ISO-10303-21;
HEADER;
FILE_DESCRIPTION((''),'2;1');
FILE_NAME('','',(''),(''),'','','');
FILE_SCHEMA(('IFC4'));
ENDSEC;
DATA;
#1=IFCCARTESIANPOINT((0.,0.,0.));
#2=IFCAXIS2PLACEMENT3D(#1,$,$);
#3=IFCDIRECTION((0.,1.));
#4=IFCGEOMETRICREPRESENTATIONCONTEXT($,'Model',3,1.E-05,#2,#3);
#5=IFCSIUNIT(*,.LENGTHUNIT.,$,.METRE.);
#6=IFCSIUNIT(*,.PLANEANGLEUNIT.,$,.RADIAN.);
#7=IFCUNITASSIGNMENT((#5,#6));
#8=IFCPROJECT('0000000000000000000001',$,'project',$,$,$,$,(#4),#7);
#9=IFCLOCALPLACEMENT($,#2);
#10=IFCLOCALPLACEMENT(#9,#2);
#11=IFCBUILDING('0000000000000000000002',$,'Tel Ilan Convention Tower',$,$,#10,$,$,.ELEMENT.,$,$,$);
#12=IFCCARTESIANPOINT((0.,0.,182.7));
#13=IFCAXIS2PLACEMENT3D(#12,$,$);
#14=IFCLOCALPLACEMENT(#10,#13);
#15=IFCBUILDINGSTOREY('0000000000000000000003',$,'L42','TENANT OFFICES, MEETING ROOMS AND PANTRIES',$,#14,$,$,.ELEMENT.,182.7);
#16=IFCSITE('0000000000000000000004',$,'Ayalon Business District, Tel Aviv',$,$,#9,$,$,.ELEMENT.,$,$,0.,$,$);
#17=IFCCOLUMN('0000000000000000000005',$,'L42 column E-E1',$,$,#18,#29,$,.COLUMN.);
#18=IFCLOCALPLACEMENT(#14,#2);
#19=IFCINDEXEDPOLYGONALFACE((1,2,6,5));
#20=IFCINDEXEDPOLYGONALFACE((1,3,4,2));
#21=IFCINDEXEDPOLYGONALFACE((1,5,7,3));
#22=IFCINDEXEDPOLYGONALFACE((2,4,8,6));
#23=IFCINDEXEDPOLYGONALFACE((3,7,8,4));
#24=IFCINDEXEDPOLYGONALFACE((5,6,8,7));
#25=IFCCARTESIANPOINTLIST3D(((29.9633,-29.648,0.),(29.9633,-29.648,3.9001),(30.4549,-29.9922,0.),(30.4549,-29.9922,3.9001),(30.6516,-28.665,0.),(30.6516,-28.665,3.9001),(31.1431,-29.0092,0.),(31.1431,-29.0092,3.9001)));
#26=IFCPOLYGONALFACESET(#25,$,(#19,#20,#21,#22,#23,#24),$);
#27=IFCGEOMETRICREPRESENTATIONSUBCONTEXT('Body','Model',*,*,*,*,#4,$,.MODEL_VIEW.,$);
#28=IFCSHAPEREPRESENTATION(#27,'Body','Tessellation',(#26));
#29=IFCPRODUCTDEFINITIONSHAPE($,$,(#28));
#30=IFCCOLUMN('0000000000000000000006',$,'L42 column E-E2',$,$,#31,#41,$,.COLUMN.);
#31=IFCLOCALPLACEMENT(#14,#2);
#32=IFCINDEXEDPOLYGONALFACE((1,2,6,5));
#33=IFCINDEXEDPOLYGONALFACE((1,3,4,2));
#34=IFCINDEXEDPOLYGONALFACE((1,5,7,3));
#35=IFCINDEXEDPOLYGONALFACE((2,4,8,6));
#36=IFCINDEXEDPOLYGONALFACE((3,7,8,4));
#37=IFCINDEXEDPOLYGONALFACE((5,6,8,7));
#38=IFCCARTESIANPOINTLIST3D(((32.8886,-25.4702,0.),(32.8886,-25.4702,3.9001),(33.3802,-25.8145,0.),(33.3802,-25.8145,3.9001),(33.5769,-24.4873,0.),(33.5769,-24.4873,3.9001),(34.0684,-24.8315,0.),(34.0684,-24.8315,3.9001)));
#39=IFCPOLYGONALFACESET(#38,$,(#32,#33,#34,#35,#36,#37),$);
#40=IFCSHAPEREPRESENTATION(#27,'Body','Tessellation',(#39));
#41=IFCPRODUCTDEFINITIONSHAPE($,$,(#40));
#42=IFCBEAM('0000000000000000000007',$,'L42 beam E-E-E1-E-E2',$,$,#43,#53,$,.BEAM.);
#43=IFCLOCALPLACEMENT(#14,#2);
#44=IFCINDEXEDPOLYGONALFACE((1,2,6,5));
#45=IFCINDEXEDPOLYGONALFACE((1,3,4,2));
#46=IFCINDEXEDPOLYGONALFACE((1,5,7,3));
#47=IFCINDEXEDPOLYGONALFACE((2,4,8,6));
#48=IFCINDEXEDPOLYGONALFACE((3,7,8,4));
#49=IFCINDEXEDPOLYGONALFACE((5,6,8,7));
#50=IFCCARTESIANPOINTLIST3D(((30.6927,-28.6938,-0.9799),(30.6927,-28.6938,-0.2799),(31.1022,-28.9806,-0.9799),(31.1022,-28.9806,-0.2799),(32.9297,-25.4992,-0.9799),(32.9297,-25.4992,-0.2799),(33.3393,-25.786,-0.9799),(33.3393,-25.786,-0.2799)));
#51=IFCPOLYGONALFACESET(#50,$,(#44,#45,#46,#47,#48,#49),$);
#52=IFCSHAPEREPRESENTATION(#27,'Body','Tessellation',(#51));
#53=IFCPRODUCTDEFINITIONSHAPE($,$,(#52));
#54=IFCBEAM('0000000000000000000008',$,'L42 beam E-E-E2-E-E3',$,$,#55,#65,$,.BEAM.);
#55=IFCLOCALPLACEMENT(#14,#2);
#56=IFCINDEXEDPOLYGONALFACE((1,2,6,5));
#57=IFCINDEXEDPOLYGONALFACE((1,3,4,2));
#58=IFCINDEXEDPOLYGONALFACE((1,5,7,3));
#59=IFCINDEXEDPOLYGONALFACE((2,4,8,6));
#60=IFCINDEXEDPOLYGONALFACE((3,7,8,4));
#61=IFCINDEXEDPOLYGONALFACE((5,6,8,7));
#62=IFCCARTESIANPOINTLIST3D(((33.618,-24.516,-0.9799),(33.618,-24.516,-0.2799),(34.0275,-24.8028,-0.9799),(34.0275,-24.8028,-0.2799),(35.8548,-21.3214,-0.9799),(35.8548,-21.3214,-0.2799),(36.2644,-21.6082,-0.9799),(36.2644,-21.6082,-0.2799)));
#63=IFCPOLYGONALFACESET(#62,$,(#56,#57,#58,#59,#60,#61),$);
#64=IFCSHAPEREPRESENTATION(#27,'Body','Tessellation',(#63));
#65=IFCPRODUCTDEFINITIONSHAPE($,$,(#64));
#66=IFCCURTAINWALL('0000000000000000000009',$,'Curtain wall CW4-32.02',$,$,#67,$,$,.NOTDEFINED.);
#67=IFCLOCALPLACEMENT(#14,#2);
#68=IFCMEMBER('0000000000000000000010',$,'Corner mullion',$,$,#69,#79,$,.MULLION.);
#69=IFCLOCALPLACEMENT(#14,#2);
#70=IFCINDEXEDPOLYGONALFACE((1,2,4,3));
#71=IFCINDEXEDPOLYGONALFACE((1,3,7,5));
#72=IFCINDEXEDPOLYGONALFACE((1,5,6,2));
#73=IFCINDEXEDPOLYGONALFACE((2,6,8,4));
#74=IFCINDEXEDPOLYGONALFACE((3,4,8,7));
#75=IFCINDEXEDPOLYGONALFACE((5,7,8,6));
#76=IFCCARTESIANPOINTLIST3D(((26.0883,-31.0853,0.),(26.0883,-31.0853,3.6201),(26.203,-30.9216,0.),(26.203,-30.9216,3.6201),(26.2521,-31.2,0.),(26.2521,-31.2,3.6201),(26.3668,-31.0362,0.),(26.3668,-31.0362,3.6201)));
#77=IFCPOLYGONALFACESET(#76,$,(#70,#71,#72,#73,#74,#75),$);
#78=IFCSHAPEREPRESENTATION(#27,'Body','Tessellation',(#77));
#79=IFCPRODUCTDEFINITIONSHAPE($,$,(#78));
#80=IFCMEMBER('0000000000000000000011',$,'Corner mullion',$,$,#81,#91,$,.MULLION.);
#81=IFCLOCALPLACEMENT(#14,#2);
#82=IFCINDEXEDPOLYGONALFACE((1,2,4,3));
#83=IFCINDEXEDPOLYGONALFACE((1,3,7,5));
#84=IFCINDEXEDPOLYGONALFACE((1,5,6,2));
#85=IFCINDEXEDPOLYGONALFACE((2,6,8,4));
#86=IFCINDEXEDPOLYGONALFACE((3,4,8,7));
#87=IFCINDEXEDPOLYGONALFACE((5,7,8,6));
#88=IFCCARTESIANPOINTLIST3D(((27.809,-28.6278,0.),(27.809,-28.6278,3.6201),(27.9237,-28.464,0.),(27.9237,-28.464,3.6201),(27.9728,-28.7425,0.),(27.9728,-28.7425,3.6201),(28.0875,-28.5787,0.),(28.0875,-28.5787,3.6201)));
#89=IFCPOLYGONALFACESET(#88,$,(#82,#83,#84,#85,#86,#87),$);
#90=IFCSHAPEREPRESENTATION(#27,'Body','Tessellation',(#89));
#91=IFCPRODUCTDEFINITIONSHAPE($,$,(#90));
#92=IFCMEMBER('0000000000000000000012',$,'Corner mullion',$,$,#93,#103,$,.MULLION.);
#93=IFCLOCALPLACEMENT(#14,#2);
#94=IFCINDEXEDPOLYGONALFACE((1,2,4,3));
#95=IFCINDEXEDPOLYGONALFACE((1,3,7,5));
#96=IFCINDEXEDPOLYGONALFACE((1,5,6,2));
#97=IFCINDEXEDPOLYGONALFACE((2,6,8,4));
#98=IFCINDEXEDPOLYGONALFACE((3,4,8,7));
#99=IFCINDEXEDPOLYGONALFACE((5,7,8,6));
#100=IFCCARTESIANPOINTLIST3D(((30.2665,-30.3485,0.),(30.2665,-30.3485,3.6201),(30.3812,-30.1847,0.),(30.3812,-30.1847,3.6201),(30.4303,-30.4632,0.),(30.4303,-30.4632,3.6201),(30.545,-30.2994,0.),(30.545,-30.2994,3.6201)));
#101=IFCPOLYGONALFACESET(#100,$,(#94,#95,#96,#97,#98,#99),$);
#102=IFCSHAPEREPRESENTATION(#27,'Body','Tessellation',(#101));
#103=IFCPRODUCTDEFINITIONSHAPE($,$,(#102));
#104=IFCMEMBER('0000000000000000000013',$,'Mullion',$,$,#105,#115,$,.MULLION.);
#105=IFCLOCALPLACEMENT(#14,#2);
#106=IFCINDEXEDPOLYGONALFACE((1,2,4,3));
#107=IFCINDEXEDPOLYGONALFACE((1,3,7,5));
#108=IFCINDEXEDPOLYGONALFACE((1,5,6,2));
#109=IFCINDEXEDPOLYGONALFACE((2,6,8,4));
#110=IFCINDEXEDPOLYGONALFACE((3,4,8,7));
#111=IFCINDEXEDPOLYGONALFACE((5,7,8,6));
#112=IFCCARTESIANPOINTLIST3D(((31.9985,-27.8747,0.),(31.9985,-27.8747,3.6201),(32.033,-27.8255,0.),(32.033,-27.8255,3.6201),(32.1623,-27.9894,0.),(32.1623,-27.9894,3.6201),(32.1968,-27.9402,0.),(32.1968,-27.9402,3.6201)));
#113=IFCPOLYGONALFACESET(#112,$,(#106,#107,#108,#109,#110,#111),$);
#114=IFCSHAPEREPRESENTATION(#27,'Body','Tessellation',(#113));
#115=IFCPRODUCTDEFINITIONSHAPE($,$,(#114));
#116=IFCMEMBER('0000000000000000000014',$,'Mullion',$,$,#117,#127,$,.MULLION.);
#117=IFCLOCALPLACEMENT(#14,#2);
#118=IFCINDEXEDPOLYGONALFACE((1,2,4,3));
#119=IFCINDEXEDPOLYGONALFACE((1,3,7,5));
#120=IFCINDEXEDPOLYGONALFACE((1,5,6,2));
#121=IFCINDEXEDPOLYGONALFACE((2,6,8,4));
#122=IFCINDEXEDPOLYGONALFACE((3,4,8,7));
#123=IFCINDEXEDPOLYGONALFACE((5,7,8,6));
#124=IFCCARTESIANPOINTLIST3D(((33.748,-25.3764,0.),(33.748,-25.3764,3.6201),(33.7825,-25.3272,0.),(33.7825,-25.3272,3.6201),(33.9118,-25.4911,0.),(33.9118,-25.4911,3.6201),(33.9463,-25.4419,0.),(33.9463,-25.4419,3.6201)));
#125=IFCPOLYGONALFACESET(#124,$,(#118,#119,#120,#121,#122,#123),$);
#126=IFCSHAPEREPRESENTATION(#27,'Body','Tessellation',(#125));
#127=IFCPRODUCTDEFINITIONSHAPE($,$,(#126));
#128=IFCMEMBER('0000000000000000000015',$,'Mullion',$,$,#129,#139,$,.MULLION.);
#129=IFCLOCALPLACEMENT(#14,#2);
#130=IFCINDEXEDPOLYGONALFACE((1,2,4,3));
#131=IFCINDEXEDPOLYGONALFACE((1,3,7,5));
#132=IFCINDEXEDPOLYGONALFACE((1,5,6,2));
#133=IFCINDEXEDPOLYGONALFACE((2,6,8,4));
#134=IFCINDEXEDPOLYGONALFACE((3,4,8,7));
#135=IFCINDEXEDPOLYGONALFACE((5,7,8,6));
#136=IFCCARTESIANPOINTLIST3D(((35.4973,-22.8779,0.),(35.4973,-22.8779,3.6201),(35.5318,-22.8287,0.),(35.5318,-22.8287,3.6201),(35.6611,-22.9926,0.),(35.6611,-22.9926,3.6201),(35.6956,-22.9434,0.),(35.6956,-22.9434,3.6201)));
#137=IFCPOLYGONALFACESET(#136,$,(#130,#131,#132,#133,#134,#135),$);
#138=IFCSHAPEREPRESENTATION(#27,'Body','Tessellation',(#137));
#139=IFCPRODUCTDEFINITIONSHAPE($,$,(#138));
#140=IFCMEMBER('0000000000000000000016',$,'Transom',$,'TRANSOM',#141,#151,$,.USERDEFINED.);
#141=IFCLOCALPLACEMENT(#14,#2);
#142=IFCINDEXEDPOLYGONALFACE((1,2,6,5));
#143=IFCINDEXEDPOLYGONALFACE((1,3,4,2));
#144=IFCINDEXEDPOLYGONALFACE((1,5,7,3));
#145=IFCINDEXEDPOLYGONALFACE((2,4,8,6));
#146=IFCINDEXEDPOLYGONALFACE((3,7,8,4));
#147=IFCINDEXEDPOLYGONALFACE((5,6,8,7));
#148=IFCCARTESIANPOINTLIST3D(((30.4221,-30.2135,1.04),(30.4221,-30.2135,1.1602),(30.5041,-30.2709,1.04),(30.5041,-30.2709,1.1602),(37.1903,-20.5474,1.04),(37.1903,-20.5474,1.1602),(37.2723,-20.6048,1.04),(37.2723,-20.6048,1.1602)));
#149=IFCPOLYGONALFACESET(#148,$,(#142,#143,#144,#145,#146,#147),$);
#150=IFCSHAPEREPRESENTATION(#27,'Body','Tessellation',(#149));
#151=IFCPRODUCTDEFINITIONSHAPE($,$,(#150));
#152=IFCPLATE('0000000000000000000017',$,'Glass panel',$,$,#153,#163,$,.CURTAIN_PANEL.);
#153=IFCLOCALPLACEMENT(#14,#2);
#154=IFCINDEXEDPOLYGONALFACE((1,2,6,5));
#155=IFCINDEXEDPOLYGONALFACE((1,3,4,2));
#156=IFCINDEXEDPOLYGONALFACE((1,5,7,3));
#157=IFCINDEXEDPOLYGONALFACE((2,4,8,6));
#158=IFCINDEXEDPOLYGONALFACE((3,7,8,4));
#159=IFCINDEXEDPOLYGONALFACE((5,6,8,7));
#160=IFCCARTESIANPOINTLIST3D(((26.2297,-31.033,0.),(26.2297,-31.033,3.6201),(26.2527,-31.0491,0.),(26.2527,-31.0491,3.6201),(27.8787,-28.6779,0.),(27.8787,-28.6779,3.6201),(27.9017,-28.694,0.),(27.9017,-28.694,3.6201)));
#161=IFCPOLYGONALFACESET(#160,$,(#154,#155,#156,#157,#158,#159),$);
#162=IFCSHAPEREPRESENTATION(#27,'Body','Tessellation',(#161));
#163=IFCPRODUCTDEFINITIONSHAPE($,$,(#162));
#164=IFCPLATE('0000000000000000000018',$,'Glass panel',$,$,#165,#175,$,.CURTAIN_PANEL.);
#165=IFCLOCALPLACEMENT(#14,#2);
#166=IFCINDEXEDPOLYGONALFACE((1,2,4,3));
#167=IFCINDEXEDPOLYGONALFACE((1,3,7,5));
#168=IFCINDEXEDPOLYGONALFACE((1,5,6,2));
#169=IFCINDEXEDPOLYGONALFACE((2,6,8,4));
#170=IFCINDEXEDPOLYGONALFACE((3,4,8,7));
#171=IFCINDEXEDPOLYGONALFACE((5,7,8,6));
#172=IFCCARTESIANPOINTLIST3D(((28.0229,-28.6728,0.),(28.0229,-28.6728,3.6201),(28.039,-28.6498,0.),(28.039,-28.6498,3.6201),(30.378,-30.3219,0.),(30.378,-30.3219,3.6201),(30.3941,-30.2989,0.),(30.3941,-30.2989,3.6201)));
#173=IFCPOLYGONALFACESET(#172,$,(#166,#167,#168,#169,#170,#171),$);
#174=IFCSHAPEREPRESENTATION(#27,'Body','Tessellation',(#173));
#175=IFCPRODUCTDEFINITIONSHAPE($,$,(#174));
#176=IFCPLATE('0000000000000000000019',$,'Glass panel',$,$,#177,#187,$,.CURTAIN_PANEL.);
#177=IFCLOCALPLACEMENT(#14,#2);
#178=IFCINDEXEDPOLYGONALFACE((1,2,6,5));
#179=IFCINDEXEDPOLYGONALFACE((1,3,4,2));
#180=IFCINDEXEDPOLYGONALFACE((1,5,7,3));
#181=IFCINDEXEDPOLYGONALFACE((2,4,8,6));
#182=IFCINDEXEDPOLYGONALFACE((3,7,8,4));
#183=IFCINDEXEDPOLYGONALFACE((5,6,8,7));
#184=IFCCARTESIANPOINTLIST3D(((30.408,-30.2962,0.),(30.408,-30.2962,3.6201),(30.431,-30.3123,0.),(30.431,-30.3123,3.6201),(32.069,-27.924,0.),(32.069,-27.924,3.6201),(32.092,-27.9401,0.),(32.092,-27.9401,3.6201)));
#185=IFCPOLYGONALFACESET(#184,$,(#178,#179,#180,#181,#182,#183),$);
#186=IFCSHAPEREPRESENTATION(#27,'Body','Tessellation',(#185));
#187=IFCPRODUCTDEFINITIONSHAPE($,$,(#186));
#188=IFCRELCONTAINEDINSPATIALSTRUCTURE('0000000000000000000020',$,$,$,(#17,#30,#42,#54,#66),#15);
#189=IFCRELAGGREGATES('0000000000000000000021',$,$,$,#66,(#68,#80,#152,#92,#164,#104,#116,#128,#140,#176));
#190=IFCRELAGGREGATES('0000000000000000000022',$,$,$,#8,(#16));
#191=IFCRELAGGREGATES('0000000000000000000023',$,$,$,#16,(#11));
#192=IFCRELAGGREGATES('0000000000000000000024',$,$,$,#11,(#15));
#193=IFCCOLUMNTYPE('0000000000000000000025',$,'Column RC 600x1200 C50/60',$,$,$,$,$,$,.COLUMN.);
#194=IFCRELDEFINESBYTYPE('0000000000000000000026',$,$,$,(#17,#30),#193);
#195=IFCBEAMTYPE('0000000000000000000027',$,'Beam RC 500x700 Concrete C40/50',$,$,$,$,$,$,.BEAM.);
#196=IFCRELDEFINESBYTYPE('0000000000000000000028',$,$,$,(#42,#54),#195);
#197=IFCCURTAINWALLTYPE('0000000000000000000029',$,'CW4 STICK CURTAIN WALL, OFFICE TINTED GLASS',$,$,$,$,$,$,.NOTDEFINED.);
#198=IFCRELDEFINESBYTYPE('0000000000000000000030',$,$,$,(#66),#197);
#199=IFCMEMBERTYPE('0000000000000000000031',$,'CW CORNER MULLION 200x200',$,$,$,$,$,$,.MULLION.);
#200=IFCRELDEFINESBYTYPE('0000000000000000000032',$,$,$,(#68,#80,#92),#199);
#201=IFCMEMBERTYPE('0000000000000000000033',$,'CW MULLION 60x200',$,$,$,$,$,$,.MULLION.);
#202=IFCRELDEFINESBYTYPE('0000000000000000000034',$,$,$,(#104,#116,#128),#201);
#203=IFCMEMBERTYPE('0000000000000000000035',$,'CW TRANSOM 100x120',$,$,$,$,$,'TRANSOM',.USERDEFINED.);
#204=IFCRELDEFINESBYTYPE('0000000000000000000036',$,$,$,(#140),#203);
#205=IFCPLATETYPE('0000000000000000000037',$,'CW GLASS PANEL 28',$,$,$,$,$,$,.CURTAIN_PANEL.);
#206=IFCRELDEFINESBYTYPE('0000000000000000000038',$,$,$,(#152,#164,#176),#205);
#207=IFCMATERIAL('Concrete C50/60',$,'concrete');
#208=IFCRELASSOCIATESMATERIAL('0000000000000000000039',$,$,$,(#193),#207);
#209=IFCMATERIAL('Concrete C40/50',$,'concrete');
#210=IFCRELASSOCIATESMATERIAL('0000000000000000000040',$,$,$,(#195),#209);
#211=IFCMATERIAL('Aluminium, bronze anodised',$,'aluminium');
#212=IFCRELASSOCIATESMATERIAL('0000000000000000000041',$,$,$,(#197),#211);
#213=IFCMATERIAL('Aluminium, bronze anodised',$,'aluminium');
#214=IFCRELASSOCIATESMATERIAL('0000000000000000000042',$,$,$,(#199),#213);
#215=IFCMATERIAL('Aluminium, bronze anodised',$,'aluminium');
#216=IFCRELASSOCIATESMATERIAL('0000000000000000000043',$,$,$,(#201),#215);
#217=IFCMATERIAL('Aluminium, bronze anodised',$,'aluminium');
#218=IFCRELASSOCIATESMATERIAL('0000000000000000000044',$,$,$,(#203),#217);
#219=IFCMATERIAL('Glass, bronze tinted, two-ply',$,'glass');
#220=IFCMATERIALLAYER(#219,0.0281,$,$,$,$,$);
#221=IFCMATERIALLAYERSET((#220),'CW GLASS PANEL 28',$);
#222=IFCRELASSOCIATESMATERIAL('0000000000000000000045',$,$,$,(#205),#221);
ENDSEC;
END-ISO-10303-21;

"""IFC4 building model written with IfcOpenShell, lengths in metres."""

from ifc_helpers import new_model, si_unit, direction, frame, origin, origin_2d, place, context, subcontext, project, spatial, rectangle, extrude, material, layer, layer_set, material_profile, profile_set, type_object, element, aggregate, save


model = new_model("IFC4")

# Units and contexts
model_context = context("Model", 3, precision=1e-05, world=origin(), true_north=direction((0.0, 1.0)))
body_context = subcontext(model_context, "Body", "Model", "MODEL_VIEW")
ifc_project = project(units=[si_unit("LENGTHUNIT", "METRE"), si_unit("PLANEANGLEUNIT", "RADIAN")], contexts=[model_context])

# Site, building, storey
site_placement = place(None, origin())
site = spatial("IfcSite", under=ifc_project, at=site_placement, Name="Ayalon Business District, Tel Aviv", CompositionType="ELEMENT", RefElevation=0.0)
building_placement = place(site_placement, origin())
building = spatial("IfcBuilding", under=site, at=building_placement, Name="Tel Ilan Convention Tower", CompositionType="ELEMENT")
storey_placement = place(building_placement, frame((0.0, 0.0, 182.7)))
storey = spatial("IfcBuildingStorey", under=building, at=storey_placement, Name="L42", Description="TENANT OFFICES, MEETING ROOMS AND PANTRIES", CompositionType="ELEMENT", Elevation=182.7)

# Columns
ifc_material_1 = material(Name="Concrete C50/60", Category="concrete")
ifc_material_profile_1 = material_profile(ifc_material_1, rectangle(XDim=1.2, YDim=0.6001, at=origin_2d()), Name="RC 600x1200")
ifc_profile_set_1 = profile_set([ifc_material_profile_1], Name="Concrete C50/60")
column_type = type_object("IfcColumnType", Name="Column RC 600x1200 C50/60", PredefinedType="COLUMN", material=ifc_profile_set_1)
for number, where, z_axis, x_axis, name in (
    (1, (30.5532, -29.3286, 0.0), (0.0, 0.0, 1.0), (0.573576, 0.819152, 0.0), "L42 column E-E1"),
    (2, (33.4785, -25.1509, 0.0), (0.0, 0.0, 1.0), (0.573576, 0.819152, 0.0), "L42 column E-E2"),
):
    element("IfcColumn", number, at=place(storey_placement, frame(where, z_axis=z_axis, x_axis=x_axis)), inside=storey, type_object=column_type, Name=name, PredefinedType="COLUMN", context=body_context, shape_type="SweptSolid", body=[
        extrude(rectangle(XDim=1.2, YDim=0.6001, at=origin_2d()), origin(), (0.0, 0.0, 1.0), 3.9001),
    ])

# Beams
ifc_material_2 = material(Name="Concrete C40/50", Category="concrete")
ifc_material_profile_2 = material_profile(ifc_material_2, rectangle(XDim=0.5, YDim=0.7, at=origin_2d()), Name="RC 500x700")
ifc_profile_set_2 = profile_set([ifc_material_profile_2], Name="Concrete C40/50")
beam_type = type_object("IfcBeamType", Name="Beam RC 500x700 Concrete C40/50", PredefinedType="BEAM", material=ifc_profile_set_2)
for number, where, z_axis, x_axis, name in (
    (3, (30.8975, -28.8372, -0.6299), (0.573609, 0.819129, 0.0), (-0.819129, 0.573609, 0.0), "L42 beam E-E-E1-E-E2"),
    (4, (33.8228, -24.6594, -0.6299), (0.573567, 0.819158, 0.0), (-0.819158, 0.573567, 0.0), "L42 beam E-E-E2-E-E3"),
):
    element("IfcBeam", number, at=place(storey_placement, frame(where, z_axis=z_axis, x_axis=x_axis)), inside=storey, type_object=beam_type, Name=name, PredefinedType="BEAM", context=body_context, shape_type="SweptSolid", body=[
        extrude(rectangle(XDim=0.5, YDim=0.7, at=origin_2d()), origin(), (0.0, 0.0, 1.0), 3.8999),
    ])

# Curtain wall, members, plates
ifc_material_3 = material(Name="Aluminium, bronze anodised", Category="aluminium")
curtain_wall_type = type_object("IfcCurtainWallType", Name="CW4 STICK CURTAIN WALL, OFFICE TINTED GLASS", PredefinedType="NOTDEFINED", material=ifc_material_3)
curtain_wall_placement = place(storey_placement, origin())
curtain_wall = element("IfcCurtainWall", 5, at=curtain_wall_placement, inside=storey, type_object=curtain_wall_type, Name="Curtain wall CW4-32.02", PredefinedType="NOTDEFINED")
ifc_material_4 = material(Name="Aluminium, bronze anodised", Category="aluminium")
ifc_material_profile_3 = material_profile(ifc_material_4, rectangle(XDim=0.2, YDim=0.2, at=origin_2d()), Name="CW CORNER MULLION 200x200")
ifc_profile_set_3 = profile_set([ifc_material_profile_3], Name="Aluminium, bronze anodised")
member_type_1 = type_object("IfcMemberType", Name="CW CORNER MULLION 200x200", PredefinedType="MULLION", material=ifc_profile_set_3)
member_1_placement = place(storey_placement, frame((26.2275, -31.0608, 0.0), z_axis=(0.0, 0.0, 1.0), x_axis=(0.819152, -0.573576, 0.0)))
member_1 = element("IfcMember", 6, at=member_1_placement, type_object=member_type_1, Name="Corner mullion", PredefinedType="MULLION", context=body_context, shape_type="SweptSolid", body=[
    extrude(rectangle(XDim=0.2, YDim=0.2, at=origin_2d()), origin(), (0.0, 0.0, 1.0), 3.6201),
])
member_2_placement = place(storey_placement, frame((27.9482, -28.6033, 0.0), z_axis=(0.0, 0.0, 1.0), x_axis=(0.573576, 0.819152, 0.0)))
member_2 = element("IfcMember", 7, at=member_2_placement, type_object=member_type_1, Name="Corner mullion", PredefinedType="MULLION", context=body_context, shape_type="SweptSolid", body=[
    extrude(rectangle(XDim=0.2, YDim=0.2, at=origin_2d()), origin(), (0.0, 0.0, 1.0), 3.6201),
])
member_3_placement = place(storey_placement, frame((30.4058, -30.324, 0.0), z_axis=(0.0, 0.0, 1.0), x_axis=(0.819152, -0.573576, 0.0)))
member_3 = element("IfcMember", 8, at=member_3_placement, type_object=member_type_1, Name="Corner mullion", PredefinedType="MULLION", context=body_context, shape_type="SweptSolid", body=[
    extrude(rectangle(XDim=0.2, YDim=0.2, at=origin_2d()), origin(), (0.0, 0.0, 1.0), 3.6201),
])
ifc_material_5 = material(Name="Aluminium, bronze anodised", Category="aluminium")
ifc_material_profile_4 = material_profile(ifc_material_5, rectangle(XDim=0.0601, YDim=0.2, at=origin_2d()), Name="CW MULLION 60x200")
ifc_profile_set_4 = profile_set([ifc_material_profile_4], Name="Aluminium, bronze anodised")
member_type_2 = type_object("IfcMemberType", Name="CW MULLION 60x200", PredefinedType="MULLION", material=ifc_profile_set_4)
member_4_placement = place(storey_placement, frame((32.0977, -27.9075, 0.0), z_axis=(0.0, 0.0, 1.0), x_axis=(0.573576, 0.819152, 0.0)))
member_4 = element("IfcMember", 9, at=member_4_placement, type_object=member_type_2, Name="Mullion", PredefinedType="MULLION", context=body_context, shape_type="SweptSolid", body=[
    extrude(rectangle(XDim=0.0601, YDim=0.2, at=origin_2d()), origin(), (0.0, 0.0, 1.0), 3.6201),
])
member_5_placement = place(storey_placement, frame((33.8472, -25.4092, 0.0), z_axis=(0.0, 0.0, 1.0), x_axis=(0.573576, 0.819152, 0.0)))
member_5 = element("IfcMember", 10, at=member_5_placement, type_object=member_type_2, Name="Mullion", PredefinedType="MULLION", context=body_context, shape_type="SweptSolid", body=[
    extrude(rectangle(XDim=0.0601, YDim=0.2, at=origin_2d()), origin(), (0.0, 0.0, 1.0), 3.6201),
])
member_6_placement = place(storey_placement, frame((35.5964, -22.9106, 0.0), z_axis=(0.0, 0.0, 1.0), x_axis=(0.573576, 0.819152, 0.0)))
member_6 = element("IfcMember", 11, at=member_6_placement, type_object=member_type_2, Name="Mullion", PredefinedType="MULLION", context=body_context, shape_type="SweptSolid", body=[
    extrude(rectangle(XDim=0.0601, YDim=0.2, at=origin_2d()), origin(), (0.0, 0.0, 1.0), 3.6201),
])
ifc_material_6 = material(Name="Aluminium, bronze anodised", Category="aluminium")
ifc_material_profile_5 = material_profile(ifc_material_6, rectangle(XDim=0.1001, YDim=0.1201, at=origin_2d()), Name="CW TRANSOM 100x120")
ifc_profile_set_5 = profile_set([ifc_material_profile_5], Name="Aluminium, bronze anodised")
member_type_3 = type_object("IfcMemberType", Name="CW TRANSOM 100x120", ElementType="TRANSOM", PredefinedType="USERDEFINED", material=ifc_profile_set_5)
member_7_placement = place(storey_placement, frame((30.4631, -30.2422, 1.1001), z_axis=(0.573568, 0.819158, 0.0), x_axis=(-0.819158, 0.573568, 0.0)))
member_7 = element("IfcMember", 12, at=member_7_placement, type_object=member_type_3, Name="Transom", ObjectType="TRANSOM", PredefinedType="USERDEFINED", context=body_context, shape_type="SweptSolid", body=[
    extrude(rectangle(XDim=0.1001, YDim=0.1201, at=origin_2d()), origin(), (0.0, 0.0, 1.0), 11.8),
])
ifc_material_7 = material(Name="Glass, bronze tinted, two-ply", Category="glass")
ifc_layer_1 = layer(ifc_material_7, 0.0281)
ifc_layer_set_1 = layer_set([ifc_layer_1], Name="CW GLASS PANEL 28")
plate_type = type_object("IfcPlateType", Name="CW GLASS PANEL 28", PredefinedType="CURTAIN_PANEL", material=ifc_layer_set_1)
plate_1_placement = place(storey_placement, frame((27.0657, -29.8635, 0.0), z_axis=(0.0, 0.0, 1.0), x_axis=(0.573576, 0.819152, 0.0)))
plate_1 = element("IfcPlate", 13, at=plate_1_placement, type_object=plate_type, Name="Glass panel", PredefinedType="CURTAIN_PANEL", context=body_context, shape_type="SweptSolid", body=[
    extrude(rectangle(XDim=2.875, YDim=0.0281, at=origin_2d()), origin(), (0.0, 0.0, 1.0), 3.6201),
])
plate_2_placement = place(storey_placement, frame((29.2085, -29.4858, 0.0), z_axis=(0.0, 0.0, 1.0), x_axis=(0.819152, -0.573576, 0.0)))
plate_2 = element("IfcPlate", 14, at=plate_2_placement, type_object=plate_type, Name="Glass panel", PredefinedType="CURTAIN_PANEL", context=body_context, shape_type="SweptSolid", body=[
    extrude(rectangle(XDim=2.875, YDim=0.0281, at=origin_2d()), origin(), (0.0, 0.0, 1.0), 3.6201),
])
plate_3_placement = place(storey_placement, frame((31.25, -29.1182, 0.0), z_axis=(0.0, 0.0, 1.0), x_axis=(0.573576, 0.819152, 0.0)))
plate_3 = element("IfcPlate", 15, at=plate_3_placement, type_object=plate_type, Name="Glass panel", PredefinedType="CURTAIN_PANEL", context=body_context, shape_type="SweptSolid", body=[
    extrude(rectangle(XDim=2.896, YDim=0.0281, at=origin_2d()), origin(), (0.0, 0.0, 1.0), 3.6201),
])
aggregate(curtain_wall, [member_1, member_2, plate_1, member_3, plate_2, member_4, member_5, member_6, member_7, plate_3])

save(model, "model.ifc")
